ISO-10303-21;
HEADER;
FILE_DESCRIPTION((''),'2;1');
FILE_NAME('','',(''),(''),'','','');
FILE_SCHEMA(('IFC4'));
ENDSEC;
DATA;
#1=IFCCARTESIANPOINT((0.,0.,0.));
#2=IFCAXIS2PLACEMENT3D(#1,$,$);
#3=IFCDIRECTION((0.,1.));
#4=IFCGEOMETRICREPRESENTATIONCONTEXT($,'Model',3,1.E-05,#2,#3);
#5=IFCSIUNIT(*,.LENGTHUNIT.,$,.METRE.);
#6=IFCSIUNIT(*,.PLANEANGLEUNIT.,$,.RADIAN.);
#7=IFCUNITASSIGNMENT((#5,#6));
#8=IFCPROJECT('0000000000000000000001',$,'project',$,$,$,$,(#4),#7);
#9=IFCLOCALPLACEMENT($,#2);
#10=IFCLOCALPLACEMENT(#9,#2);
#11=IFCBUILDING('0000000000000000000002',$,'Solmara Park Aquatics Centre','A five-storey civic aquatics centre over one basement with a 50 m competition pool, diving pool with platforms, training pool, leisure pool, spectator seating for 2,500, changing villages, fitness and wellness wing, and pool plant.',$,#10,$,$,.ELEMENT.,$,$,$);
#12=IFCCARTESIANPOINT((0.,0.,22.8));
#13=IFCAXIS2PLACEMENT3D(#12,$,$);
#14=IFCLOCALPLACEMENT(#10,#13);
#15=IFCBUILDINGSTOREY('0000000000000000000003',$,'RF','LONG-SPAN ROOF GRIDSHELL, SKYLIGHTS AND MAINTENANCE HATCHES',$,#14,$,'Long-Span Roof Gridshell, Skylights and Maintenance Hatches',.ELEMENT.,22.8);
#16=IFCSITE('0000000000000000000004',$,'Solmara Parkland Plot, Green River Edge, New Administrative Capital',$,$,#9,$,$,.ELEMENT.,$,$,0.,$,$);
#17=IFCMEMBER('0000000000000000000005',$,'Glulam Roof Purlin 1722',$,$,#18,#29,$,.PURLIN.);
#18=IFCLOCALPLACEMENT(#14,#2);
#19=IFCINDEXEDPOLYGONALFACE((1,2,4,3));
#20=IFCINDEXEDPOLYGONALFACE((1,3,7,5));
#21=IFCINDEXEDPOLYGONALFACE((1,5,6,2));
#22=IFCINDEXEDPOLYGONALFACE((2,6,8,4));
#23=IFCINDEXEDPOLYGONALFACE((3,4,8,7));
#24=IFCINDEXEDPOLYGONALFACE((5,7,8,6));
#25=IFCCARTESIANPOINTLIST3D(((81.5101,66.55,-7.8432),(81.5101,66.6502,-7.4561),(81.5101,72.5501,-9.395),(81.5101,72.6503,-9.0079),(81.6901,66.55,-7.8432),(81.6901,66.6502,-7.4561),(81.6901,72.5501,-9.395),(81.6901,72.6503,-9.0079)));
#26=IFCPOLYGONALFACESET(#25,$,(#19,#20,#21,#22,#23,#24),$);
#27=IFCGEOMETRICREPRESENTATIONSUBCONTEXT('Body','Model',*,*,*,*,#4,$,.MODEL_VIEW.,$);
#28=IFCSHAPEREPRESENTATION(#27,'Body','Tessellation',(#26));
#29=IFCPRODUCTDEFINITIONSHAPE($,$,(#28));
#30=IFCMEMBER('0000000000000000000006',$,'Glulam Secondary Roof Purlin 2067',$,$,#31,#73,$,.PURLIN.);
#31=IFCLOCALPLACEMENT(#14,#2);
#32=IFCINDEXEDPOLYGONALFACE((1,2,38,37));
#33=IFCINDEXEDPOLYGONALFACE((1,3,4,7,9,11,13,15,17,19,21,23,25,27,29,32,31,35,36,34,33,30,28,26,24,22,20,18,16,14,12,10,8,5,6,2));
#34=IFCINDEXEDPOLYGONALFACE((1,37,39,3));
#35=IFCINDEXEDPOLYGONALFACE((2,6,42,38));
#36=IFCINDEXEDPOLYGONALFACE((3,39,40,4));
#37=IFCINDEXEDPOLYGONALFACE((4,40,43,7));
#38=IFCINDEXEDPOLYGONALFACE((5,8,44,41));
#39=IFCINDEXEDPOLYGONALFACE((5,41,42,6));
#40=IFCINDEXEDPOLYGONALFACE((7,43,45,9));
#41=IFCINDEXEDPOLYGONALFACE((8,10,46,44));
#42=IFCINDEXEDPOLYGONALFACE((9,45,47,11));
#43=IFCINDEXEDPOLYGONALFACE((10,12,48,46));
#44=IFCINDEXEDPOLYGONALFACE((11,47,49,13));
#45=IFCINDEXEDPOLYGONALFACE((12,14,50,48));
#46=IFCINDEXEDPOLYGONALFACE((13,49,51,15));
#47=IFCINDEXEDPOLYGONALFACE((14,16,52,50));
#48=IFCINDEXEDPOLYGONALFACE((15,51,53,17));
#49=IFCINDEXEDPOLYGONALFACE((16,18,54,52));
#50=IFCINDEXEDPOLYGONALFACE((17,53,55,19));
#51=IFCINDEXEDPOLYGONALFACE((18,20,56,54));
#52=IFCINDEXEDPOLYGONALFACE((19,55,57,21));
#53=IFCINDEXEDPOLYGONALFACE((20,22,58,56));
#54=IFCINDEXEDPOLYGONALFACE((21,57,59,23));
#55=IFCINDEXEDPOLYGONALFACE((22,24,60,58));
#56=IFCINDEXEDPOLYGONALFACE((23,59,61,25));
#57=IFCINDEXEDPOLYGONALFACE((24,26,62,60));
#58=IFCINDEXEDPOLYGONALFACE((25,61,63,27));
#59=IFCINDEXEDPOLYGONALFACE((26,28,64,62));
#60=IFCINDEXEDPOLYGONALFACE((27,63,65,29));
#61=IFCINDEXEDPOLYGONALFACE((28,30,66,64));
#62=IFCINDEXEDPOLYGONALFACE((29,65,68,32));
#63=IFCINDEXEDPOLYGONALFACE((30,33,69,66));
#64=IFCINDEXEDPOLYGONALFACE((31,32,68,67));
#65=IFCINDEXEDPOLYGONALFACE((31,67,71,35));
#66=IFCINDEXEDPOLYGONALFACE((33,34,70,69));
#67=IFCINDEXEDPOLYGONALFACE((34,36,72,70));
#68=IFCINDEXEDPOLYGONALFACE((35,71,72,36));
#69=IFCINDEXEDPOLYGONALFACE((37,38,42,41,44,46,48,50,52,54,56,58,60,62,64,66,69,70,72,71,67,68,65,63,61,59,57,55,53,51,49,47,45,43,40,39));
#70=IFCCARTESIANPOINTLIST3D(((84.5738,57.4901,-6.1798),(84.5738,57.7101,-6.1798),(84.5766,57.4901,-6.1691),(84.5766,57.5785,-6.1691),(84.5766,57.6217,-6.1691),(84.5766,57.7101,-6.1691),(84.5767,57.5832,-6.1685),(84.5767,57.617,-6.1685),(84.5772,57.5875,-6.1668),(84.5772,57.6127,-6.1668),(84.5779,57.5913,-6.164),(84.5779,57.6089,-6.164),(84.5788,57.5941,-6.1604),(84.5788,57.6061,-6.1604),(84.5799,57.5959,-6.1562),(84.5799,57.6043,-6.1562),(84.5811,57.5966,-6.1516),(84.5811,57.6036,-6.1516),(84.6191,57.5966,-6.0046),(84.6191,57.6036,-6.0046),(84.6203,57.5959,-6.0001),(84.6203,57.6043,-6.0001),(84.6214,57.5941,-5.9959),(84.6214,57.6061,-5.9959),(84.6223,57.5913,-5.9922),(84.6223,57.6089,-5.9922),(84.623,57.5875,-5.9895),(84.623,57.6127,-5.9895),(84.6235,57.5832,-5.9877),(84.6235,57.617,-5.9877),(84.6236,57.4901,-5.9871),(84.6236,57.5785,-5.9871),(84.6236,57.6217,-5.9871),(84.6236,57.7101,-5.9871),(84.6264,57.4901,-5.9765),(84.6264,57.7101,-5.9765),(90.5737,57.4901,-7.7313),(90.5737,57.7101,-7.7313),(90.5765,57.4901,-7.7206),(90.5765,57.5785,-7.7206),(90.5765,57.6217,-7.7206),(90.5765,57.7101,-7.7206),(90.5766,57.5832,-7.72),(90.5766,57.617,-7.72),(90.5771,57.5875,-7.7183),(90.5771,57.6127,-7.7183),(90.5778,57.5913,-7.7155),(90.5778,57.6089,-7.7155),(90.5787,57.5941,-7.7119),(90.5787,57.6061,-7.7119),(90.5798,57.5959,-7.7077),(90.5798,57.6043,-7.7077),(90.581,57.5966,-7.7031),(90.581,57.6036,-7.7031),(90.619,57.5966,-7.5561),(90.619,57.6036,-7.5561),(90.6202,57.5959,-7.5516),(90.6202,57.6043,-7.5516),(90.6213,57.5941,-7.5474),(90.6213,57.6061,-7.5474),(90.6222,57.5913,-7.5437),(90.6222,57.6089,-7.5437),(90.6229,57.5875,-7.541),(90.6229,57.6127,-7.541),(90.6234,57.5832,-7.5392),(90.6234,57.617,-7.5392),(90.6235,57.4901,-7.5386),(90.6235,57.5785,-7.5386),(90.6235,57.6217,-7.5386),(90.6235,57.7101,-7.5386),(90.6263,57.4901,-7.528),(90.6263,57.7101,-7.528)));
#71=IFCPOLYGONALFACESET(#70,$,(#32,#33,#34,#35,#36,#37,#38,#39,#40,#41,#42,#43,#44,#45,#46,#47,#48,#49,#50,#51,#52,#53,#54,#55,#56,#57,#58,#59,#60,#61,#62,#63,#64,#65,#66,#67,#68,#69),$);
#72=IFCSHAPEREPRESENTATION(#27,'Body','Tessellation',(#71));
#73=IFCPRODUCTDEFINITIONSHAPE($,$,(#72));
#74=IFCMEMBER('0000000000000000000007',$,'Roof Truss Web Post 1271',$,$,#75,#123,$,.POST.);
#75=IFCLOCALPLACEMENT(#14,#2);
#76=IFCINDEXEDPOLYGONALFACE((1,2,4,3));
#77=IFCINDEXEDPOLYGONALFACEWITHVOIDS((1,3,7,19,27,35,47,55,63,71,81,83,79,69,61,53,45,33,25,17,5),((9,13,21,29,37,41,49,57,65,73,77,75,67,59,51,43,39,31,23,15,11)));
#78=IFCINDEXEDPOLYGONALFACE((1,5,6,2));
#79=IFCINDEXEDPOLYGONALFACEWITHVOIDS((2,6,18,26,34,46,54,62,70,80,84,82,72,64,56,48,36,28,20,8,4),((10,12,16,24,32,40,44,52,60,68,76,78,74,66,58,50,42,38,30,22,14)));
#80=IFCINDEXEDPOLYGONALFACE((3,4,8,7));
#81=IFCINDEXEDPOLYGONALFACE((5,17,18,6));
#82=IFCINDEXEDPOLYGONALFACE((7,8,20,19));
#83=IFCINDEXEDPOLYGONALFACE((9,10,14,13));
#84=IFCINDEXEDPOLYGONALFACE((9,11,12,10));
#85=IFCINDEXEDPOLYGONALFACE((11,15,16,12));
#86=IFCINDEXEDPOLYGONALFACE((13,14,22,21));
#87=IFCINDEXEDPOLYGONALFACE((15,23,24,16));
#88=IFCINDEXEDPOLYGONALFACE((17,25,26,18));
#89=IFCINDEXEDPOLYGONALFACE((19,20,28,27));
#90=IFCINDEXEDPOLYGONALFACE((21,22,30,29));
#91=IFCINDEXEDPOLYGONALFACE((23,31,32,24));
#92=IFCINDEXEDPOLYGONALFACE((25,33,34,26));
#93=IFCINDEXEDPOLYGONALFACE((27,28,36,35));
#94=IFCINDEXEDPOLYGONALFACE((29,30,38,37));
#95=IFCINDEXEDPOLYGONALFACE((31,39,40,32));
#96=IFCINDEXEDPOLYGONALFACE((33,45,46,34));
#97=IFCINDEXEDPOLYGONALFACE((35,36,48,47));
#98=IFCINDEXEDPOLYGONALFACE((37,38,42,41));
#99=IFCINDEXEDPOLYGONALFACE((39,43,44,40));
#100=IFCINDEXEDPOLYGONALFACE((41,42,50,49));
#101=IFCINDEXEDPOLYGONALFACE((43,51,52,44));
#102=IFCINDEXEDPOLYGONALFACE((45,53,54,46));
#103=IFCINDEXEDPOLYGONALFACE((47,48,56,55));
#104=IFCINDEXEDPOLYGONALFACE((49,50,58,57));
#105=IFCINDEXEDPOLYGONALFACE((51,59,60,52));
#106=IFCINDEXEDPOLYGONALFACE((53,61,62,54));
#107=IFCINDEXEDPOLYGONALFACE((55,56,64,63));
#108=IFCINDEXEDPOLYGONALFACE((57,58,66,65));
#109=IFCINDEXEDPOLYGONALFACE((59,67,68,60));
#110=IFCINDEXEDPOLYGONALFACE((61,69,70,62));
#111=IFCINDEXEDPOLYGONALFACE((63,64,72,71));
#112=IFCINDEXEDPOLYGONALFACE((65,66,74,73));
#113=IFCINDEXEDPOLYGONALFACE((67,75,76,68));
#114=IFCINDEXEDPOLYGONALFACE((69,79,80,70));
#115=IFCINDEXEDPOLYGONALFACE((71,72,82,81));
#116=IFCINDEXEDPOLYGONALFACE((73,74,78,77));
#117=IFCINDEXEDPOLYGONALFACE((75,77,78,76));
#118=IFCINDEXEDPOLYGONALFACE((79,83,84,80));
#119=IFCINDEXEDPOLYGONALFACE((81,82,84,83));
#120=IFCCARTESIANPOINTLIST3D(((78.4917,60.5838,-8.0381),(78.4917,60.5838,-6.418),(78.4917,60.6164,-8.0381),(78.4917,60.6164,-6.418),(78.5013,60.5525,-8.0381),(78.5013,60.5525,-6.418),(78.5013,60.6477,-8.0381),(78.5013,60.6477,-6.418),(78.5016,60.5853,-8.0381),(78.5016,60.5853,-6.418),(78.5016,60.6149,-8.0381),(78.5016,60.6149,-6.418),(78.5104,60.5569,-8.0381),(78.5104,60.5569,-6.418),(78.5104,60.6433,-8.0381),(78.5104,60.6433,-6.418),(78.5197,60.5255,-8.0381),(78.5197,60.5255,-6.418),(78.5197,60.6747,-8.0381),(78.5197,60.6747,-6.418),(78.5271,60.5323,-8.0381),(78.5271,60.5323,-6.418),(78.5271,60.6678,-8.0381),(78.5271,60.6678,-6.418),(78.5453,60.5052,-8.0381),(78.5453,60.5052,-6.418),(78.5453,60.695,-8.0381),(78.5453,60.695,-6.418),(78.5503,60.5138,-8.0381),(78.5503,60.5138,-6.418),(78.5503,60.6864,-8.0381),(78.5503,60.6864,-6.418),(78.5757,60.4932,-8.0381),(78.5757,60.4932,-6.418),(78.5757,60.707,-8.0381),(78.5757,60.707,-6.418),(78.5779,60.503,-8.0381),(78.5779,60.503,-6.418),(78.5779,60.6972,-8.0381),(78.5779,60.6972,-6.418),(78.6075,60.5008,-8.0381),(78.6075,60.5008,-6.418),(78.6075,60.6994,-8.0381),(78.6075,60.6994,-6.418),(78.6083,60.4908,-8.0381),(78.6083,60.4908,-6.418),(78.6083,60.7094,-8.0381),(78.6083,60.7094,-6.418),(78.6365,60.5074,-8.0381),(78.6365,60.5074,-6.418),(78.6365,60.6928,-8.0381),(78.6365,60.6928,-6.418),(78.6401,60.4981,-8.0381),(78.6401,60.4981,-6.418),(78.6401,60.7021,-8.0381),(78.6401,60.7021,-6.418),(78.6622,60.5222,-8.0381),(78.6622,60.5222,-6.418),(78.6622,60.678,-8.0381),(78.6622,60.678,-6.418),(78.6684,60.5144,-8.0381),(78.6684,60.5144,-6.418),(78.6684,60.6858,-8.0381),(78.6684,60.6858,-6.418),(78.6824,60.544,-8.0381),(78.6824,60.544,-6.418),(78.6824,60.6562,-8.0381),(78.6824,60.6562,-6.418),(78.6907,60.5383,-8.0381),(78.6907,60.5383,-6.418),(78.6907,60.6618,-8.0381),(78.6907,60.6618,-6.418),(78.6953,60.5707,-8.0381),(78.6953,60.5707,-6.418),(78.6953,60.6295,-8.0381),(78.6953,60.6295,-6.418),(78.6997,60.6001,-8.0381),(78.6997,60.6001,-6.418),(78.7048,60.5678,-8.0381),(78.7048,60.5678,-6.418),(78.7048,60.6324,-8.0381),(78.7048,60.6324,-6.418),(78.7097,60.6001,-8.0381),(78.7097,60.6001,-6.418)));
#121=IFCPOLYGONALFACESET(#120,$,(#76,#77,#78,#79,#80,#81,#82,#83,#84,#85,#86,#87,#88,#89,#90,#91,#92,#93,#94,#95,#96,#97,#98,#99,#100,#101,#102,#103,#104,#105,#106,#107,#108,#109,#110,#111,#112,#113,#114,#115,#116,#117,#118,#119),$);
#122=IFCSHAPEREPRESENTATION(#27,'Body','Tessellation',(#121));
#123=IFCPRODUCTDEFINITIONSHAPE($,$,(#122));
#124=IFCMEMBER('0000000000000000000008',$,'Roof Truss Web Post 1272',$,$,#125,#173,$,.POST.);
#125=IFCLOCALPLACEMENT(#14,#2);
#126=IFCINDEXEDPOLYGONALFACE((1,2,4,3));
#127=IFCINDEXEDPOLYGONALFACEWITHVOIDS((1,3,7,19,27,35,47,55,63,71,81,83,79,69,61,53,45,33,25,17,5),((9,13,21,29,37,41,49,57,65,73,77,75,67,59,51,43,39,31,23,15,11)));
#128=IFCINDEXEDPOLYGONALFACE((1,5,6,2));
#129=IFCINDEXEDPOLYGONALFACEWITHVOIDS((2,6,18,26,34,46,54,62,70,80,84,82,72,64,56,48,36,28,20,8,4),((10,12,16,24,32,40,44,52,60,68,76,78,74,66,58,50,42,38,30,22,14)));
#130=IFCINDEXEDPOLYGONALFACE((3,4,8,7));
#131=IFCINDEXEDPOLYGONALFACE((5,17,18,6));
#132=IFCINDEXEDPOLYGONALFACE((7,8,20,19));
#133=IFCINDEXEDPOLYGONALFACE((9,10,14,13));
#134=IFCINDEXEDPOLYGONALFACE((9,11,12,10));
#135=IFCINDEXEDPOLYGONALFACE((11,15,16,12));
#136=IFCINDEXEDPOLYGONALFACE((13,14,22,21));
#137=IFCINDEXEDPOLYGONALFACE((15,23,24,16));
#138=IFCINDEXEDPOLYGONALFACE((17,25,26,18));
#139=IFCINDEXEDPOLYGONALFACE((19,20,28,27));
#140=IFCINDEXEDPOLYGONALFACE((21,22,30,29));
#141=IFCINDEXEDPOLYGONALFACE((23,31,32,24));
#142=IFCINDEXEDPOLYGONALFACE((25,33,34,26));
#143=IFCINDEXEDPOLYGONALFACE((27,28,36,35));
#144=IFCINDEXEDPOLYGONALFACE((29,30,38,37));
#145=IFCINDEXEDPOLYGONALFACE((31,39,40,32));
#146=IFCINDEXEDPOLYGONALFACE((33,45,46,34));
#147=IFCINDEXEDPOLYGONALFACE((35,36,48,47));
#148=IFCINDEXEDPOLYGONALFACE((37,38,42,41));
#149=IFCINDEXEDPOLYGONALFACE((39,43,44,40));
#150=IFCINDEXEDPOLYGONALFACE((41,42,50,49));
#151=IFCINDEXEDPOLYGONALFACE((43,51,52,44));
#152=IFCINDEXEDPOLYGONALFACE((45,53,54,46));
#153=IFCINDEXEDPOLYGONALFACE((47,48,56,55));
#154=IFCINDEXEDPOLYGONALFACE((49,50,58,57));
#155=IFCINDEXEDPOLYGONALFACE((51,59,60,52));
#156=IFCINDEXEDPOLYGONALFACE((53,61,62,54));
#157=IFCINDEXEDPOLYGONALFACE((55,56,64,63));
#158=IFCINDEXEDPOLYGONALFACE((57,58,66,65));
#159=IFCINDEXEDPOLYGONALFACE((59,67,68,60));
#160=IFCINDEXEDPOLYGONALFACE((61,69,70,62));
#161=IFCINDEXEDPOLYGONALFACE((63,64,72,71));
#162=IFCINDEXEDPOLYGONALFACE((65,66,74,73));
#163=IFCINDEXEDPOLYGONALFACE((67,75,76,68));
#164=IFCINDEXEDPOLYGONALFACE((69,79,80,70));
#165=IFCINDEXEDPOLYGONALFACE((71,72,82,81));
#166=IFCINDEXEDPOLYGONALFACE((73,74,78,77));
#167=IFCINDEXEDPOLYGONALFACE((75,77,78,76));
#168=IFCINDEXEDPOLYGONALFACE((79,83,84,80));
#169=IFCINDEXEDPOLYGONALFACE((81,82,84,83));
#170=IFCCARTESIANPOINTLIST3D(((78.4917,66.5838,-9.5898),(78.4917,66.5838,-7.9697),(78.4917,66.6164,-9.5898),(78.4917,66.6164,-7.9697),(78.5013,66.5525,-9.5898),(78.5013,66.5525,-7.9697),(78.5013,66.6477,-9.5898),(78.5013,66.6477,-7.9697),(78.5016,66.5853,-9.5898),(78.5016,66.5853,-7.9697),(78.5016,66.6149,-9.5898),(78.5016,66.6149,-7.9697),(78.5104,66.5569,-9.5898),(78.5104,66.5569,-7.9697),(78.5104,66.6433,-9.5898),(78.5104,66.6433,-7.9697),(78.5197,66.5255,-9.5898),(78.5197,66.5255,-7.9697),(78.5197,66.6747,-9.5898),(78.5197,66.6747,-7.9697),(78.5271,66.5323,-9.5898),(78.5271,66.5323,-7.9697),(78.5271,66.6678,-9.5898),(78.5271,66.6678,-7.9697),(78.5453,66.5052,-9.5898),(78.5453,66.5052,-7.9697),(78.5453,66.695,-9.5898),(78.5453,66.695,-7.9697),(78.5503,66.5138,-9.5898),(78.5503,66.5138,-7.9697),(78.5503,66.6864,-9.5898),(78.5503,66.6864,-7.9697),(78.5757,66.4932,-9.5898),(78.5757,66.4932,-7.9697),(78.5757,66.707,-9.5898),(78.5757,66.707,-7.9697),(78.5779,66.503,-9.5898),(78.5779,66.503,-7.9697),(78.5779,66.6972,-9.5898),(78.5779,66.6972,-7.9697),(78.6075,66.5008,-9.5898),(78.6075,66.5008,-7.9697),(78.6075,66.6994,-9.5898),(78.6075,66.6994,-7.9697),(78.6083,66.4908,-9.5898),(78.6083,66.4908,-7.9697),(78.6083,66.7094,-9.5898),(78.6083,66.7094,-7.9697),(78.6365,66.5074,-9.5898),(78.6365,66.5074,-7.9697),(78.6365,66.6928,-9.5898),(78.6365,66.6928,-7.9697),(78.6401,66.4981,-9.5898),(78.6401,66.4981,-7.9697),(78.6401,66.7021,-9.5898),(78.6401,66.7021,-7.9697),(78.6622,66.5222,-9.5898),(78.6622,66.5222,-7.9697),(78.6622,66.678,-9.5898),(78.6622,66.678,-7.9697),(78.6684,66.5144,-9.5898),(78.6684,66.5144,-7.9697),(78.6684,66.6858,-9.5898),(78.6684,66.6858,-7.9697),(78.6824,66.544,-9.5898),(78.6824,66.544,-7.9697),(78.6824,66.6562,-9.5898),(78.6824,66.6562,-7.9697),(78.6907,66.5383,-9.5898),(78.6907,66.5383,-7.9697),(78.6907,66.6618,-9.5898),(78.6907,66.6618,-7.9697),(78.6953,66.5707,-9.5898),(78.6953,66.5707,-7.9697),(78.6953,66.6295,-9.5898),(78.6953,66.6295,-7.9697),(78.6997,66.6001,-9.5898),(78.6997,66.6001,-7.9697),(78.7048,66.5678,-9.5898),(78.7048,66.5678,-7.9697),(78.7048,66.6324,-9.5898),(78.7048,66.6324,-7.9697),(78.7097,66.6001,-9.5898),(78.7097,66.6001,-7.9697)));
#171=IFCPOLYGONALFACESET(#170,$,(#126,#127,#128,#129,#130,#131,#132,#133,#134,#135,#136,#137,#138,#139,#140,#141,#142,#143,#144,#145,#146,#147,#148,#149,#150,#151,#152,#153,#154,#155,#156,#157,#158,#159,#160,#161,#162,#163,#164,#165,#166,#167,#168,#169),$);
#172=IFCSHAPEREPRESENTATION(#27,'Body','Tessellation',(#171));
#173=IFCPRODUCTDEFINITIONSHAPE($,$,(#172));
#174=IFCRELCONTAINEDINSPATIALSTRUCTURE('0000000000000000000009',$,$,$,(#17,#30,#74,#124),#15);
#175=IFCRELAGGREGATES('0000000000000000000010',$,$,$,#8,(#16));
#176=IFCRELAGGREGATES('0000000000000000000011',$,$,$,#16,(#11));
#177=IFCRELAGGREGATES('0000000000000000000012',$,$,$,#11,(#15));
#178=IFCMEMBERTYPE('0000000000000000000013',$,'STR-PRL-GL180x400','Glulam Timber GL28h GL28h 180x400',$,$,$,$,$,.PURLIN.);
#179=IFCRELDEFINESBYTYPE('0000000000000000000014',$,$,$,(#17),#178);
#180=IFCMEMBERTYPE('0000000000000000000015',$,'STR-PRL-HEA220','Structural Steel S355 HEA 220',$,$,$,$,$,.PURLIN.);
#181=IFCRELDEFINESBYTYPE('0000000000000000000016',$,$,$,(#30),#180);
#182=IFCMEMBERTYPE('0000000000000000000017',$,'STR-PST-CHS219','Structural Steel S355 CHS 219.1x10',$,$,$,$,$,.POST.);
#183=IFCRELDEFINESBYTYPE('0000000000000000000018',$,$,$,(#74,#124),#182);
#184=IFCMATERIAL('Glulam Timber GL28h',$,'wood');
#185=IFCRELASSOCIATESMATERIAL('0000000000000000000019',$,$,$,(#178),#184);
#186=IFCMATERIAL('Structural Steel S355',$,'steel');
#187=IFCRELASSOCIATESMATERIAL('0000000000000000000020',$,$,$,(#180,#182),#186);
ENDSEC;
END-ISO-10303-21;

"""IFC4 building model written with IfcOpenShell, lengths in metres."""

from ifc_helpers import new_model, si_unit, direction, frame, origin, origin_2d, place, context, subcontext, project, spatial, rectangle, hollow_circle, i_section, extrude, material, material_profile, profile_set, type_object, element, save


model = new_model("IFC4")

# Units and contexts
model_context = context("Model", 3, precision=1e-05, world=origin(), true_north=direction((0.0, 1.0)))
body_context = subcontext(model_context, "Body", "Model", "MODEL_VIEW")
ifc_project = project(units=[si_unit("LENGTHUNIT", "METRE"), si_unit("PLANEANGLEUNIT", "RADIAN")], contexts=[model_context])

# Site, building, storey
site_placement = place(None, origin())
site = spatial("IfcSite", under=ifc_project, at=site_placement, Name="Solmara Parkland Plot, Green River Edge, New Administrative Capital", CompositionType="ELEMENT", RefElevation=0.0)
building_placement = place(site_placement, origin())
building = spatial("IfcBuilding", under=site, at=building_placement, Name="Solmara Park Aquatics Centre", Description="A five-storey civic aquatics centre over one basement with a 50 m competition pool, diving pool with platforms, training pool, leisure pool, spectator seating for 2,500, changing villages, fitness and wellness wing, and pool plant.", CompositionType="ELEMENT")
storey_placement = place(building_placement, frame((0.0, 0.0, 22.8)))
storey = spatial("IfcBuildingStorey", under=building, at=storey_placement, Name="RF", Description="LONG-SPAN ROOF GRIDSHELL, SKYLIGHTS AND MAINTENANCE HATCHES", LongName="Long-Span Roof Gridshell, Skylights and Maintenance Hatches", CompositionType="ELEMENT", Elevation=22.8)

# Members
ifc_material_1 = material(Name="Structural Steel S355", Category="steel")
ifc_material_2 = material(Name="Glulam Timber GL28h", Category="wood")
ifc_material_profile_1 = material_profile(ifc_material_2, rectangle(XDim=0.1799, YDim=0.3999, at=origin_2d()), Name="GL28h 180x400")
ifc_profile_set_1 = profile_set([ifc_material_profile_1], Name="Glulam Timber GL28h")
member_type_1 = type_object("IfcMemberType", Name="STR-PRL-GL180x400", Description="Glulam Timber GL28h GL28h 180x400", PredefinedType="PURLIN", material=ifc_profile_set_1)
member_1_placement = place(storey_placement, frame((81.6001, 66.6001, -7.6497), z_axis=(0.0, 0.968146, -0.250388), x_axis=(-1.0, 0.0, 0.0)))
element("IfcMember", 1, at=member_1_placement, inside=storey, type_object=member_type_1, Name="Glulam Roof Purlin 1722", PredefinedType="PURLIN", context=body_context, shape_type="SweptSolid", body=[
    extrude(rectangle(XDim=0.1799, YDim=0.3999, at=origin_2d()), origin(), (0.0, 0.0, 1.0), 6.1975),
])
ifc_material_profile_2 = material_profile(ifc_material_1, i_section(OverallWidth=0.22, OverallDepth=0.21, WebThickness=0.0071, FlangeThickness=0.011, FilletRadius=0.0181, at=origin_2d()), Name="HEA 220")
ifc_profile_set_2 = profile_set([ifc_material_profile_2], Name="Structural Steel S355")
member_type_2 = type_object("IfcMemberType", Name="STR-PRL-HEA220", Description="Structural Steel S355 HEA 220", PredefinedType="PURLIN", material=ifc_profile_set_2)
member_2_placement = place(storey_placement, frame((84.6001, 57.6001, -6.0781), z_axis=(0.968155, 0.0, -0.250351), x_axis=(0.0, 1.0, 0.0)))
element("IfcMember", 2, at=member_2_placement, inside=storey, type_object=member_type_2, Name="Glulam Secondary Roof Purlin 2067", PredefinedType="PURLIN", context=body_context, shape_type="SweptSolid", body=[
    extrude(i_section(OverallWidth=0.22, OverallDepth=0.21, WebThickness=0.0071, FlangeThickness=0.011, FilletRadius=0.0181, at=origin_2d()), origin(), (0.0, 0.0, 1.0), 6.1973),
])
ifc_material_profile_3 = material_profile(ifc_material_1, hollow_circle(Radius=0.1096, WallThickness=0.01, at=origin_2d()), Name="CHS 219.1x10")
ifc_profile_set_3 = profile_set([ifc_material_profile_3], Name="Structural Steel S355")
member_type_3 = type_object("IfcMemberType", Name="STR-PST-CHS219", Description="Structural Steel S355 CHS 219.1x10", PredefinedType="POST", material=ifc_profile_set_3)
for number, where, z_axis, x_axis, name in (
    (3, (78.6001, 60.6001, -8.0381), (0.0, 0.0, 1.0), (1.0, 0.0, 0.0), "Roof Truss Web Post 1271"),
    (4, (78.6001, 66.6001, -9.5898), (0.0, 0.0, 1.0), (1.0, 0.0, 0.0), "Roof Truss Web Post 1272"),
):
    element("IfcMember", number, at=place(storey_placement, frame(where, z_axis=z_axis, x_axis=x_axis)), inside=storey, type_object=member_type_3, Name=name, PredefinedType="POST", context=body_context, shape_type="SweptSolid", body=[
        extrude(hollow_circle(Radius=0.1096, WallThickness=0.01, at=origin_2d()), origin(), (0.0, 0.0, 1.0), 1.6201),
    ])

save(model, "model.ifc")
